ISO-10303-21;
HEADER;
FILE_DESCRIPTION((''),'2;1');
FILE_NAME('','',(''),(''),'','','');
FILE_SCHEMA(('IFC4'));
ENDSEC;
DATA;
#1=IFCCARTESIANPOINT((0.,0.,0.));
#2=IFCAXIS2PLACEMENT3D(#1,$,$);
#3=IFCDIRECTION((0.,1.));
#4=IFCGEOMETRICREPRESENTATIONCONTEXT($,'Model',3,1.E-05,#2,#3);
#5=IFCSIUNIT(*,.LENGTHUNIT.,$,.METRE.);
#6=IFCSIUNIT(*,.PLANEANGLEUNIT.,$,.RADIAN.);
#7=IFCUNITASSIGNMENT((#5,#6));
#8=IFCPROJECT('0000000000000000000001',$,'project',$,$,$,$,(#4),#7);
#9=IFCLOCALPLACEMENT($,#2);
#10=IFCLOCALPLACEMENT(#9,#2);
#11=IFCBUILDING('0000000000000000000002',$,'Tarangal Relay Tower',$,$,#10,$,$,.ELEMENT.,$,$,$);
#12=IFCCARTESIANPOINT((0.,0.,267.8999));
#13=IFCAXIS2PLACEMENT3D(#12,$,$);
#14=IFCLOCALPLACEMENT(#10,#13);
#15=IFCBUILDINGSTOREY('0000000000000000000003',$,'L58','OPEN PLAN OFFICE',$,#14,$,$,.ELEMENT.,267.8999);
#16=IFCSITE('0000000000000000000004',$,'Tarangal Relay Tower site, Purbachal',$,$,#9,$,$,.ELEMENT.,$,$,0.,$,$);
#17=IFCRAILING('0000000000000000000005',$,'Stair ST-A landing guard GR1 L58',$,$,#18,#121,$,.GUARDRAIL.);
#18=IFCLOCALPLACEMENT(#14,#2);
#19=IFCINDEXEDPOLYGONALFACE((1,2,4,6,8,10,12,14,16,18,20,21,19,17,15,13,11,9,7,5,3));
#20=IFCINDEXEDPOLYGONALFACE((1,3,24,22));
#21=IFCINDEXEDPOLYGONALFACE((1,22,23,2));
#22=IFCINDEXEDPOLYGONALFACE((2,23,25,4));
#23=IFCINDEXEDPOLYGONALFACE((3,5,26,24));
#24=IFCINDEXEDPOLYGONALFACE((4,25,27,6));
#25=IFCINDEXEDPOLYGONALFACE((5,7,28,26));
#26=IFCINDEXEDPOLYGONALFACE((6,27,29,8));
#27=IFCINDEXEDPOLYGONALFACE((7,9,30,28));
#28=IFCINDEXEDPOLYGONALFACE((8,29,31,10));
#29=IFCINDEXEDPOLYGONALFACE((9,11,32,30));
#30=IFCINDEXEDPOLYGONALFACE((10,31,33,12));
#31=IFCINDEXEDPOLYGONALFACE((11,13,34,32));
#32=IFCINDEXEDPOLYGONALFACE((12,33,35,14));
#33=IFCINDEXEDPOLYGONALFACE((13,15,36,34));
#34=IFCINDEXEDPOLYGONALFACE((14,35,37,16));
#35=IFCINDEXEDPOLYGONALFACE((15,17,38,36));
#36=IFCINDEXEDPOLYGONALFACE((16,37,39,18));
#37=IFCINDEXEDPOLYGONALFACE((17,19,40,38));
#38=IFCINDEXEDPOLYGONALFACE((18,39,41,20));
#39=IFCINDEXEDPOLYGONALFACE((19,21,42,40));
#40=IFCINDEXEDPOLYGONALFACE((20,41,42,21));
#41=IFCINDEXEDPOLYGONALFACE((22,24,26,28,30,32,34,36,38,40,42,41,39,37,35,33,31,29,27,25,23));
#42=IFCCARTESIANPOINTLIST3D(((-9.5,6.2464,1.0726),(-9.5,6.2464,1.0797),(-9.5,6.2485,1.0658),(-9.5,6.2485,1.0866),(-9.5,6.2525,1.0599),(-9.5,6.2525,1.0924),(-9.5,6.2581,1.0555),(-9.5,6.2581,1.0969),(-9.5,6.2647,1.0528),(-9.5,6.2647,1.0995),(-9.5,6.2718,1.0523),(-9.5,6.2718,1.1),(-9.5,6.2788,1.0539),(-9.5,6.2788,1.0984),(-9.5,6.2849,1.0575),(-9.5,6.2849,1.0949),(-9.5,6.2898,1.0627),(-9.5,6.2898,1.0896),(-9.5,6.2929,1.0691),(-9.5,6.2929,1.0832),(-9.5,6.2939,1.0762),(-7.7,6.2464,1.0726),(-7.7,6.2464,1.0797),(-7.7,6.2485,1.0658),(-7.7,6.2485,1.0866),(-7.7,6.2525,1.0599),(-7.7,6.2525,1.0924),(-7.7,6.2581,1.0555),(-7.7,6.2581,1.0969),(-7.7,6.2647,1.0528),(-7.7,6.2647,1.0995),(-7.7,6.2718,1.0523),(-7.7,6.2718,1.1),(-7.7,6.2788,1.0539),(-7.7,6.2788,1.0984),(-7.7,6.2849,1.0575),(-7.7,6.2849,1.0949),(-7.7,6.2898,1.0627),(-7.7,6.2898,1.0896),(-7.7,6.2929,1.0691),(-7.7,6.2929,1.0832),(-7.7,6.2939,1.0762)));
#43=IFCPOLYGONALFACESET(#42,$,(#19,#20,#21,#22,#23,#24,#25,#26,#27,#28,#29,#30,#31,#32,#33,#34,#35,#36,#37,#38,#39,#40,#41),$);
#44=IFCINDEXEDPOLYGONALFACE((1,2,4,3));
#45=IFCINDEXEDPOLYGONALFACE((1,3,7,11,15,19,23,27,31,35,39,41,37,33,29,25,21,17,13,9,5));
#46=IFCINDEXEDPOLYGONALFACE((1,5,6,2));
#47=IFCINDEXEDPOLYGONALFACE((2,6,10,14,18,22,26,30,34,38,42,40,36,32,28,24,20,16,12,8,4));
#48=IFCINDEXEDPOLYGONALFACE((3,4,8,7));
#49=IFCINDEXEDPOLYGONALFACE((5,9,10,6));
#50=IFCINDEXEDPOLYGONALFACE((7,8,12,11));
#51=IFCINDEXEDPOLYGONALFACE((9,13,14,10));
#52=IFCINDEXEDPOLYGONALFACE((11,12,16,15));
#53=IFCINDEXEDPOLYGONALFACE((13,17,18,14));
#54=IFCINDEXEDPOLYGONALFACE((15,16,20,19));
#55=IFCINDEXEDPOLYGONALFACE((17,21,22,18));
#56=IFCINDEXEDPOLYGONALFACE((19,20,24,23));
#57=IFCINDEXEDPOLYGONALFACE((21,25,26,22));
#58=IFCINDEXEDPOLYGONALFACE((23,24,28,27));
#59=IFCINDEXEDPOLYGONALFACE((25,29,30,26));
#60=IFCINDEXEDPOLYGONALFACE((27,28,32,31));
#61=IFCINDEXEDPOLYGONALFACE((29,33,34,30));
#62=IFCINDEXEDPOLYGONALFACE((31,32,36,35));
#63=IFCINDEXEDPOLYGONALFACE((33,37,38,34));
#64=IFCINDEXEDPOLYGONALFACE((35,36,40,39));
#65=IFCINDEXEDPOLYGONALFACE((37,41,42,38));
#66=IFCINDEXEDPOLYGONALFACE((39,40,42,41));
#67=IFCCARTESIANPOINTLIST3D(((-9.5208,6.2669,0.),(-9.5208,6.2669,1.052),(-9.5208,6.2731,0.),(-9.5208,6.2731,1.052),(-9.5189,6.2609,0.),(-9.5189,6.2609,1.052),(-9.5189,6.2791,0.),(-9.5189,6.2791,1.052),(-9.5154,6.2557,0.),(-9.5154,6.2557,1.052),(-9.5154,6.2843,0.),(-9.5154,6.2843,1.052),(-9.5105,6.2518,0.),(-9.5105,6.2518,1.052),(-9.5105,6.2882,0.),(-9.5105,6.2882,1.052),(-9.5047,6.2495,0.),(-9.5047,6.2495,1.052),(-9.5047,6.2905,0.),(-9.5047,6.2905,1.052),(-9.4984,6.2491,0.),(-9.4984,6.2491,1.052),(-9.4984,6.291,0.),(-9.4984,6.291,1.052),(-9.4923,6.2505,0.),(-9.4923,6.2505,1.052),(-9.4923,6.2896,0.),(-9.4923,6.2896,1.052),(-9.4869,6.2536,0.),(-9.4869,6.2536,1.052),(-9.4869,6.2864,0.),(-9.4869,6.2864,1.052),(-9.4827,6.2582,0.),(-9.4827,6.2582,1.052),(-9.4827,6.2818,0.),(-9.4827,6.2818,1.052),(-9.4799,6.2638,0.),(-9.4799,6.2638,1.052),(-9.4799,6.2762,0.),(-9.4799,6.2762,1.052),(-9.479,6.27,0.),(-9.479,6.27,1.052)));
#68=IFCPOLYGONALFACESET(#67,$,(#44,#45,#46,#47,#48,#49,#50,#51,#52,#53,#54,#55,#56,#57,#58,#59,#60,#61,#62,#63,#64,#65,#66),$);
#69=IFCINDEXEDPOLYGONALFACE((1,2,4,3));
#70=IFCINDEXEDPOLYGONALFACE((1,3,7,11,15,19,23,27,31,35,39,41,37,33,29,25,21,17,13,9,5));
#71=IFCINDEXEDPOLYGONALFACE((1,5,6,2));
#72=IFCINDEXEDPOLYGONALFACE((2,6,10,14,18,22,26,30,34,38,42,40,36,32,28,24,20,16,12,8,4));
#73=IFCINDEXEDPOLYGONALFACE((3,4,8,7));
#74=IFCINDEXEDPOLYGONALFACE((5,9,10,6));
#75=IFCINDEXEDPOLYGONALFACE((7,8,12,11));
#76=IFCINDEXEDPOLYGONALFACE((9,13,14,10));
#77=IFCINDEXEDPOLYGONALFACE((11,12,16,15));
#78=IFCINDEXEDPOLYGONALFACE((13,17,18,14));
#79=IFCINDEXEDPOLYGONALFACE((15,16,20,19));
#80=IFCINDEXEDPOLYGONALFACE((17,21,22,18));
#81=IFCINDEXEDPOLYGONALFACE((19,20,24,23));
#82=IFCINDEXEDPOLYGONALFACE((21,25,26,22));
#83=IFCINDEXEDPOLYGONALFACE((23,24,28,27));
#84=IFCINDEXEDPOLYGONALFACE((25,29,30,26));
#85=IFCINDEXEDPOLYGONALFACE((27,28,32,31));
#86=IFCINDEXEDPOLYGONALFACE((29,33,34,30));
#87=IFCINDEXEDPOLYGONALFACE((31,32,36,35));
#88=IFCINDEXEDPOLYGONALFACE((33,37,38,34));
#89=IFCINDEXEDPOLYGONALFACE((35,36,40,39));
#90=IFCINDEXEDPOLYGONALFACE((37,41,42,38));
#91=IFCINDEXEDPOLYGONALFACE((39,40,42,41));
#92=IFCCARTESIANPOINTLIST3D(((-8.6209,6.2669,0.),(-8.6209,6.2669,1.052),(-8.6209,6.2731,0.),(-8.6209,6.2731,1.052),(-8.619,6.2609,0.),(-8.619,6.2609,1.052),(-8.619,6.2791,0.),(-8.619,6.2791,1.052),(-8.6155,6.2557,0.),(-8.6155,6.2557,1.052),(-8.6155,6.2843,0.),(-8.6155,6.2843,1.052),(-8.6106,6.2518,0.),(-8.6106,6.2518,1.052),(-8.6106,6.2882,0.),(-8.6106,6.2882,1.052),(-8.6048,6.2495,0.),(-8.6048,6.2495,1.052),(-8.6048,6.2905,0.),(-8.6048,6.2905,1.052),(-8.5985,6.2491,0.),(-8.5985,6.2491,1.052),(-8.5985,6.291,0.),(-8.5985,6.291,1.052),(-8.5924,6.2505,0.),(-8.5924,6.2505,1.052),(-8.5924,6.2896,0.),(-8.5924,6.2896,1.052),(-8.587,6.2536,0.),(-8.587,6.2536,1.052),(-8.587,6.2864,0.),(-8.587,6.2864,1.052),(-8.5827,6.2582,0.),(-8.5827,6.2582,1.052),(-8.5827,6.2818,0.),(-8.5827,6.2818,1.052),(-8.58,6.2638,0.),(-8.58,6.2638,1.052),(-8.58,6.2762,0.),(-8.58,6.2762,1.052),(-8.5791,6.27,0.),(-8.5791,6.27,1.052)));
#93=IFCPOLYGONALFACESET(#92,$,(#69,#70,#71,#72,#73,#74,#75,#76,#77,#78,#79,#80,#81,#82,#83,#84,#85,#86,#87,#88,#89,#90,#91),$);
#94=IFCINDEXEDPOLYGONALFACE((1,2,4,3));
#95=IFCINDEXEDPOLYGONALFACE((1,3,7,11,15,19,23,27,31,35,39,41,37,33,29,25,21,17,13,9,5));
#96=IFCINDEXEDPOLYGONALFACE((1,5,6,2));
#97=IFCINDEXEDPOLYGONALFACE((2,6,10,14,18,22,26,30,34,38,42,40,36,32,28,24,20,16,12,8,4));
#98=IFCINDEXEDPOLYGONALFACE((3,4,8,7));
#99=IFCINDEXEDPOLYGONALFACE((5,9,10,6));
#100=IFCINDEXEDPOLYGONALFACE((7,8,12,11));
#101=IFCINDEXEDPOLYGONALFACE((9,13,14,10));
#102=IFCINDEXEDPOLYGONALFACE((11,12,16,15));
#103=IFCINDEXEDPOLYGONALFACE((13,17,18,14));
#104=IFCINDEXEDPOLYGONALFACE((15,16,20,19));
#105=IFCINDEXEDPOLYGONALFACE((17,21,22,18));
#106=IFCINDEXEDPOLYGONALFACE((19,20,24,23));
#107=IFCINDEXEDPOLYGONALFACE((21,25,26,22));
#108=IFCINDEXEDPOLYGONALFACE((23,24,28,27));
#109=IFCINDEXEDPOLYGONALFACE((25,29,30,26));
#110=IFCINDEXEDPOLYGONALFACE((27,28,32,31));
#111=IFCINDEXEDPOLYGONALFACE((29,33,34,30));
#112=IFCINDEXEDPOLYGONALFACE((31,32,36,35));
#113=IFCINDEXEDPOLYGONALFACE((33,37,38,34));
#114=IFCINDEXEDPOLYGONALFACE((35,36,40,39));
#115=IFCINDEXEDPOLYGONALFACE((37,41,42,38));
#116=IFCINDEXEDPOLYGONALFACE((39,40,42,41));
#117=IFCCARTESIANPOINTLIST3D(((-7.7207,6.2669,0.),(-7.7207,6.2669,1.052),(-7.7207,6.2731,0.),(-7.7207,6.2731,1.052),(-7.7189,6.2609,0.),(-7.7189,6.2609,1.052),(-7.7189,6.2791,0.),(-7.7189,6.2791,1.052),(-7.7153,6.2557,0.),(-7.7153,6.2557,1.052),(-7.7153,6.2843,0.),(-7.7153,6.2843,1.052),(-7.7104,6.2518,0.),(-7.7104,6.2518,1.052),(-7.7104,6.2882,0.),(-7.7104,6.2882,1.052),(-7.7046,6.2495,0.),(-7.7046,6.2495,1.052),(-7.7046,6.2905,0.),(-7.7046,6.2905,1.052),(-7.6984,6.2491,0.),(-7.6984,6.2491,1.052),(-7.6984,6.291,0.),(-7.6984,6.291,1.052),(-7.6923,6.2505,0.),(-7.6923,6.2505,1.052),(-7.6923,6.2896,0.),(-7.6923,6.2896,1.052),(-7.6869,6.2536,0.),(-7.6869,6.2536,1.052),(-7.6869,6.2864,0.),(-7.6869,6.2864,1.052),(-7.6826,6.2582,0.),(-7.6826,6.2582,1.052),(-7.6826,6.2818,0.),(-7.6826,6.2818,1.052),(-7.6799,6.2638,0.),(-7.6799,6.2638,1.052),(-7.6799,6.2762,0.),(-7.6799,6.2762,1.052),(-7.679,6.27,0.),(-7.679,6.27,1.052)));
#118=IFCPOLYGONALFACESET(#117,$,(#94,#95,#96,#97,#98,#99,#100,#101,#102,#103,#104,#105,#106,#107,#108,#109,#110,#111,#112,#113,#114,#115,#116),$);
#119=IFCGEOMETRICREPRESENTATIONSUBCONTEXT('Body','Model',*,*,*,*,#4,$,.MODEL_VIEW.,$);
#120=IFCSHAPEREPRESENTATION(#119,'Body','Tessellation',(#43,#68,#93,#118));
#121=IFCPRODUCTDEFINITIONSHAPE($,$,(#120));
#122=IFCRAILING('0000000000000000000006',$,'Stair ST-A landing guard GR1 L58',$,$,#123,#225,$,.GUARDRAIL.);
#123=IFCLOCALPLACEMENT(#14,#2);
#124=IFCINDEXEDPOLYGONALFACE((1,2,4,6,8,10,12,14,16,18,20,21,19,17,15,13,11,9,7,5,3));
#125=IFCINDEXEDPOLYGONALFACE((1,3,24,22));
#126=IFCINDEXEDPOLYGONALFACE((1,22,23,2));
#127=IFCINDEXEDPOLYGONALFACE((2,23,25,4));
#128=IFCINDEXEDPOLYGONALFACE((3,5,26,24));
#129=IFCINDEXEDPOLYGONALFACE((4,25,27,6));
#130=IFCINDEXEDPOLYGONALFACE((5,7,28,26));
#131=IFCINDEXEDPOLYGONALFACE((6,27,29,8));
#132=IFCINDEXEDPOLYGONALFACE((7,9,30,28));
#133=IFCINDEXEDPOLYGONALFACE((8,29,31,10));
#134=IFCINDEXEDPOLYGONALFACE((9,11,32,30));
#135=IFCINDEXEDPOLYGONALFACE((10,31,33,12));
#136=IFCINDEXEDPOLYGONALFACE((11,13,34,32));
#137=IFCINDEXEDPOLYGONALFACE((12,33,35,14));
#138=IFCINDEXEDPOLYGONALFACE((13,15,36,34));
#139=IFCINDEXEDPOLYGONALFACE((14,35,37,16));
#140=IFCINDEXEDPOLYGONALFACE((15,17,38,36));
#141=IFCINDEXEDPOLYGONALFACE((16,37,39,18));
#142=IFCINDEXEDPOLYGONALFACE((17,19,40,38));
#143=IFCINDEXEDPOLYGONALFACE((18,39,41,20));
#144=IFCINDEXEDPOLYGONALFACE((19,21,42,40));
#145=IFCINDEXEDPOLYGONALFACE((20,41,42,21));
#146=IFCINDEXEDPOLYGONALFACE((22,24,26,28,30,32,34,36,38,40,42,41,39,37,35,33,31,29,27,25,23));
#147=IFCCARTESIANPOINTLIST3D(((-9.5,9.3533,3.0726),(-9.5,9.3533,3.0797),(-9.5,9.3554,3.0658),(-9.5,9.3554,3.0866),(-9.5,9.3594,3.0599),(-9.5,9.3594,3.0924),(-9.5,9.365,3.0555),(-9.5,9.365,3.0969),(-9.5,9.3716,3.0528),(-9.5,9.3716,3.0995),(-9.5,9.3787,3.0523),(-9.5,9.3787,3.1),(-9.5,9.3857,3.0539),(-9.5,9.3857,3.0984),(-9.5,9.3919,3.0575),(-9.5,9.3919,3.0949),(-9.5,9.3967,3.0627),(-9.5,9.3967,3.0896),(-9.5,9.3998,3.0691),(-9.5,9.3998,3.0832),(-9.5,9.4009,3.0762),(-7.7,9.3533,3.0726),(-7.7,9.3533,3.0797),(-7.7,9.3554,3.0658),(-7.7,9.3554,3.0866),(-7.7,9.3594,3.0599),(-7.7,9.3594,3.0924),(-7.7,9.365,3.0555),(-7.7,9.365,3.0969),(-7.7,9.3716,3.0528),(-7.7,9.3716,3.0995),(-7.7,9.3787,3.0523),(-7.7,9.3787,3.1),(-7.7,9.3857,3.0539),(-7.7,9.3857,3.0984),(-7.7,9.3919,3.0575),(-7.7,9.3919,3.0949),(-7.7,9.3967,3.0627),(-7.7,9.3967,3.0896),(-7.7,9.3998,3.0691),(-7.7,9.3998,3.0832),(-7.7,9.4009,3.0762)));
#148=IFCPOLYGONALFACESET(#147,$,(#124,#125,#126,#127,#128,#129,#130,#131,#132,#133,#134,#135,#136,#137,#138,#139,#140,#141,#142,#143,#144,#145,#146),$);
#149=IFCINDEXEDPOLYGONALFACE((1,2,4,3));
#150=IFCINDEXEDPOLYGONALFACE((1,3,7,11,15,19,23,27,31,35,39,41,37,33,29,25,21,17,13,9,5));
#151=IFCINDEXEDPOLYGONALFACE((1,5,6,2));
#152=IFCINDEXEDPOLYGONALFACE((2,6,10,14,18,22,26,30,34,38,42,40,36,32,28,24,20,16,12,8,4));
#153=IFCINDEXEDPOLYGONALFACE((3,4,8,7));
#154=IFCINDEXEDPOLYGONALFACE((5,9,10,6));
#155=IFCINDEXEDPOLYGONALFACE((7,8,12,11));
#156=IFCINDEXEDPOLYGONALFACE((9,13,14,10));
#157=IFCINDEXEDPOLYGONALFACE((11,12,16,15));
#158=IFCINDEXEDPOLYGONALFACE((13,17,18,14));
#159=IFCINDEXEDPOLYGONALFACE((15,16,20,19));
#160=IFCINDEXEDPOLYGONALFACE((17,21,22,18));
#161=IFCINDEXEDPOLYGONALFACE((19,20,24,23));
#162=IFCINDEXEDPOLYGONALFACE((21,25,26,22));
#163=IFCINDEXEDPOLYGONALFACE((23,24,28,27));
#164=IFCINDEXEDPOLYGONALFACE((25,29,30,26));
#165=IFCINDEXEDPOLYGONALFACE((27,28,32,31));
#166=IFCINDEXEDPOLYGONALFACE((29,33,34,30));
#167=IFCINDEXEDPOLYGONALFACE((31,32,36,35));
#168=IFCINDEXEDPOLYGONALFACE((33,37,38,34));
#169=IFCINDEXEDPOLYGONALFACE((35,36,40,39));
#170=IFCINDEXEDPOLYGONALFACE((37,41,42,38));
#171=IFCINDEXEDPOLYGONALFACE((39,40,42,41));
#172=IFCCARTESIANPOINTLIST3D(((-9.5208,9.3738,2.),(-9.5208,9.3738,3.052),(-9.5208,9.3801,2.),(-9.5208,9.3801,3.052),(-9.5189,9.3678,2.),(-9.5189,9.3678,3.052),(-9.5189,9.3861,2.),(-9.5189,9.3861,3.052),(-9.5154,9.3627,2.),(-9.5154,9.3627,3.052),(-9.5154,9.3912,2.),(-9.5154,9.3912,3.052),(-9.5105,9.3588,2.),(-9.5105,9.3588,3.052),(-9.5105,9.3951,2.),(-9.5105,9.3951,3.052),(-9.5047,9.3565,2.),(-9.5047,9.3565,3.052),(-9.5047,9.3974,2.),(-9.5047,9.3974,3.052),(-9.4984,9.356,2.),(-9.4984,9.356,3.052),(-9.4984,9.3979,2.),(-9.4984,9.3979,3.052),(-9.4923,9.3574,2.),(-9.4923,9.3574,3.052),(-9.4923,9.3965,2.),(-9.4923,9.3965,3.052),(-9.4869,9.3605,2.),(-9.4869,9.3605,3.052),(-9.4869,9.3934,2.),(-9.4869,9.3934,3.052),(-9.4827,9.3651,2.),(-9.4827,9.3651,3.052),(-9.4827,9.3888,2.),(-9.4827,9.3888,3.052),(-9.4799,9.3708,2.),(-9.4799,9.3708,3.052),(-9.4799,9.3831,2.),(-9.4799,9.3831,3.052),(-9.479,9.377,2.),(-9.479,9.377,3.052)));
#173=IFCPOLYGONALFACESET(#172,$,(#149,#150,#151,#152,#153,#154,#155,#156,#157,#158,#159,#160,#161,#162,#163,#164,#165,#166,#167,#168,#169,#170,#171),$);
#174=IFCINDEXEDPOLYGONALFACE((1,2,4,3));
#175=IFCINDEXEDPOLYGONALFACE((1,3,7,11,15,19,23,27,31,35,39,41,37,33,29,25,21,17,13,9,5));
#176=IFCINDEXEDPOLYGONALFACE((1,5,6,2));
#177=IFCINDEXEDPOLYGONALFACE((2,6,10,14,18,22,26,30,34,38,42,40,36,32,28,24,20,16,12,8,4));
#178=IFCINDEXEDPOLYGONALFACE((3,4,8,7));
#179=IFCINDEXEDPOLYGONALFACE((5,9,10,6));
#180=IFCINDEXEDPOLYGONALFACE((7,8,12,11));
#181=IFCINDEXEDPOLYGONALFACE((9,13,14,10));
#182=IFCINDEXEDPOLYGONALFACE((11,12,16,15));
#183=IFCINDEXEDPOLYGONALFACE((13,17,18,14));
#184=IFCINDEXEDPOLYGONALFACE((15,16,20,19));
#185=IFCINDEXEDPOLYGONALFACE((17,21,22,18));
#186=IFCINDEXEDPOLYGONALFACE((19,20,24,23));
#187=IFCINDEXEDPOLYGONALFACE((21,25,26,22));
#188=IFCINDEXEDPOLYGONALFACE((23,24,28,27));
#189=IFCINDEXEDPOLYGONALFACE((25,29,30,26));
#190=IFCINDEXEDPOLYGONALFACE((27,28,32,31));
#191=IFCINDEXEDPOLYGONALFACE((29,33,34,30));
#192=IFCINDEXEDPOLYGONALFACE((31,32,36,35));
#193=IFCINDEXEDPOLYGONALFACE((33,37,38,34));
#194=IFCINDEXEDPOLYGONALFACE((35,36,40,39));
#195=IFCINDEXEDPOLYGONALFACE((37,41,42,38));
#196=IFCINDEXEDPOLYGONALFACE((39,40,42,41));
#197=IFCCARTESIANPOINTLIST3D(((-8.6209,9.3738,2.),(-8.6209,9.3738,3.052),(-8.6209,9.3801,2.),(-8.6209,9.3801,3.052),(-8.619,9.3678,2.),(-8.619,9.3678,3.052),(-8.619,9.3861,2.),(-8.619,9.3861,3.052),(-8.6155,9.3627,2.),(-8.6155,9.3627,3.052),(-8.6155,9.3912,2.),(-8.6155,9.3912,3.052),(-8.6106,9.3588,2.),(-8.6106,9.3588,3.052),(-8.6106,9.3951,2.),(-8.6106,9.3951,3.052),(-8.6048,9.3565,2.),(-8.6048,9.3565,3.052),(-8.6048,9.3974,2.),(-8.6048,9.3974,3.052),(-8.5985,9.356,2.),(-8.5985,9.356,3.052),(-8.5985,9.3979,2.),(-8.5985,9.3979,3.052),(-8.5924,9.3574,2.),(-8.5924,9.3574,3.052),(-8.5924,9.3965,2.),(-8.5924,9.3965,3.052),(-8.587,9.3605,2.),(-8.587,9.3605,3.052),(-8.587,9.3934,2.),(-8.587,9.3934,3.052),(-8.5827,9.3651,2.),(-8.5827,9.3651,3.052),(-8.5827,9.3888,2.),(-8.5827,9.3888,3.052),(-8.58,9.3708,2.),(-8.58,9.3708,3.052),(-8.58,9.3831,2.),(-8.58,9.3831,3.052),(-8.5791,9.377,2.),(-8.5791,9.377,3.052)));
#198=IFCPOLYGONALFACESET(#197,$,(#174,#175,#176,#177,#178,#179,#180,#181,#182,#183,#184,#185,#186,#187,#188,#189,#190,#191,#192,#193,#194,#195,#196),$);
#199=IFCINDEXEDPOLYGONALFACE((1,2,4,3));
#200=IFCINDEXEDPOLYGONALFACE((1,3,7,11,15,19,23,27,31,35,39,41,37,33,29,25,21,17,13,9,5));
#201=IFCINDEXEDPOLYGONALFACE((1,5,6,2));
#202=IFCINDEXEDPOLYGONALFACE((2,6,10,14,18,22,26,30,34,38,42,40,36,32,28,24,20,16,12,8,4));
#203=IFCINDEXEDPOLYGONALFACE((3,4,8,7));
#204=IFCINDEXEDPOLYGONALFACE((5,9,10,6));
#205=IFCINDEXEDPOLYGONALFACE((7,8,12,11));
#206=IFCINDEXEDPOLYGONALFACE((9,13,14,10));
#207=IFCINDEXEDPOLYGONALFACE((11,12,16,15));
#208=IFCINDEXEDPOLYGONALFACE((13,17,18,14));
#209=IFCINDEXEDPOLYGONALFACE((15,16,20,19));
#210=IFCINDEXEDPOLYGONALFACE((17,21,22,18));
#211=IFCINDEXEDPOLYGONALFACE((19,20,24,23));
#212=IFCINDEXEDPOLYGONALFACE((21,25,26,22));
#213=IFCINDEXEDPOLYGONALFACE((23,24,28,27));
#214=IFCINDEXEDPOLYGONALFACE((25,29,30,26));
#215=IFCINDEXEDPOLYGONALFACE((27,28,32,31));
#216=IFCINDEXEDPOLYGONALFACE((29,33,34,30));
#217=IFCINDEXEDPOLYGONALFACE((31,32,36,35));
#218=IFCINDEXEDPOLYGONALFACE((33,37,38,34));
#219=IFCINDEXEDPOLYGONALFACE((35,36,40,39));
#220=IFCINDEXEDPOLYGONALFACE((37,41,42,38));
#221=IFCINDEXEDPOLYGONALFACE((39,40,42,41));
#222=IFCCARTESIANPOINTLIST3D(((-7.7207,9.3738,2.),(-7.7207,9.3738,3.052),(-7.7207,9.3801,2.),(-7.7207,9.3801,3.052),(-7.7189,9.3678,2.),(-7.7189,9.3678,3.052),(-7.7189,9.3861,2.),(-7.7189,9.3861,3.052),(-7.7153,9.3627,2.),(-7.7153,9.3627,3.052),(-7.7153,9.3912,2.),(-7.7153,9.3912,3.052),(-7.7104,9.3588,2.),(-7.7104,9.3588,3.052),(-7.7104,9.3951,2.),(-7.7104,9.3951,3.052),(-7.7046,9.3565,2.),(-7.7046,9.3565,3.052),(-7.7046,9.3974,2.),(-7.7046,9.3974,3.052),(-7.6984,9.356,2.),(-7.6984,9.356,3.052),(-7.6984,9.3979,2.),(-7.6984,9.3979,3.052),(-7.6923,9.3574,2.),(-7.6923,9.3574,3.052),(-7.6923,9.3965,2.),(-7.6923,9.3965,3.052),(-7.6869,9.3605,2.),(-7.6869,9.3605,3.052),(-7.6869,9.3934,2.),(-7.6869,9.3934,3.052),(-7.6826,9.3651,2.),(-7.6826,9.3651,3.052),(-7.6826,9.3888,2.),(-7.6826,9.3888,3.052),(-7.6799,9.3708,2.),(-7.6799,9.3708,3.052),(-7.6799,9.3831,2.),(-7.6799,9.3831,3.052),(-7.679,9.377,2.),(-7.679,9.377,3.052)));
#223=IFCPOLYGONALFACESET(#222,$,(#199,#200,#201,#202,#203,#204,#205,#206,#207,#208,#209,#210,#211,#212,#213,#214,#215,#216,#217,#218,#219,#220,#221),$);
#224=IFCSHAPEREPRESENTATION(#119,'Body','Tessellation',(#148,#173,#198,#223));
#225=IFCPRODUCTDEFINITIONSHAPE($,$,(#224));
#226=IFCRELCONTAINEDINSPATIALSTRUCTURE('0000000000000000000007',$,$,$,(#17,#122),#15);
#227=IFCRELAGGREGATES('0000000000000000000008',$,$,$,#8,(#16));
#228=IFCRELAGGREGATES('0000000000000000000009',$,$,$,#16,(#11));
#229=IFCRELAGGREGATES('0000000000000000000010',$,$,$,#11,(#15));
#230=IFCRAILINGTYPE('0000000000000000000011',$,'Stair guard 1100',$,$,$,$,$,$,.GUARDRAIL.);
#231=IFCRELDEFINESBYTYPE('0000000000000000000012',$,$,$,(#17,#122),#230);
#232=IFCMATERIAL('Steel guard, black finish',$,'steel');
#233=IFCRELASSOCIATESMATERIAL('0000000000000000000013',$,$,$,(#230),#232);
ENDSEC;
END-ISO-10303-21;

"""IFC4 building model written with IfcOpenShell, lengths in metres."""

from ifc_helpers import new_model, si_unit, direction, frame, origin, origin_2d, place, context, subcontext, project, spatial, circle, extrude, material, type_object, element, save


model = new_model("IFC4")

# Units and contexts
model_context = context("Model", 3, precision=1e-05, world=origin(), true_north=direction((0.0, 1.0)))
body_context = subcontext(model_context, "Body", "Model", "MODEL_VIEW")
ifc_project = project(units=[si_unit("LENGTHUNIT", "METRE"), si_unit("PLANEANGLEUNIT", "RADIAN")], contexts=[model_context])

# Site, building, storey
site_placement = place(None, origin())
site = spatial("IfcSite", under=ifc_project, at=site_placement, Name="Tarangal Relay Tower site, Purbachal", CompositionType="ELEMENT", RefElevation=0.0)
building_placement = place(site_placement, origin())
building = spatial("IfcBuilding", under=site, at=building_placement, Name="Tarangal Relay Tower", CompositionType="ELEMENT")
storey_placement = place(building_placement, frame((0.0, 0.0, 267.8999)))
storey = spatial("IfcBuildingStorey", under=building, at=storey_placement, Name="L58", Description="OPEN PLAN OFFICE", CompositionType="ELEMENT", Elevation=267.8999)

# Railings
ifc_material_1 = material(Name="Steel guard, black finish", Category="steel")
railing_type_1 = type_object("IfcRailingType", Name="Stair guard 1100", PredefinedType="GUARDRAIL", material=ifc_material_1)
for number, where, name in (
    (1, (-9.5, 6.27, 0.0), "Stair ST-A landing guard GR1 L58"),
    (2, (-9.5, 9.377, 2.0), "Stair ST-A landing guard GR1 L58"),
):
    element("IfcRailing", number, at=place(storey_placement, frame(where)), inside=storey, type_object=railing_type_1, Name=name, PredefinedType="GUARDRAIL", context=body_context, shape_type="SweptSolid", body=[
        extrude(circle(Radius=0.0239, at=origin_2d()), frame((0.0, 0.0, 1.0762), z_axis=(1.0, 0.0, 0.0), x_axis=(0.0, 1.0, 0.0)), (0.0, 0.0, 1.0), 1.8),
        extrude(circle(Radius=0.021, at=origin_2d()), origin(), (0.0, 0.0, 1.0), 1.052),
        extrude(circle(Radius=0.021, at=origin_2d()), frame((0.8999, 0.0, 0.0)), (0.0, 0.0, 1.0), 1.052),
        extrude(circle(Radius=0.021, at=origin_2d()), frame((1.8, 0.0, 0.0)), (0.0, 0.0, 1.0), 1.052),
    ])

save(model, "model.ifc")
